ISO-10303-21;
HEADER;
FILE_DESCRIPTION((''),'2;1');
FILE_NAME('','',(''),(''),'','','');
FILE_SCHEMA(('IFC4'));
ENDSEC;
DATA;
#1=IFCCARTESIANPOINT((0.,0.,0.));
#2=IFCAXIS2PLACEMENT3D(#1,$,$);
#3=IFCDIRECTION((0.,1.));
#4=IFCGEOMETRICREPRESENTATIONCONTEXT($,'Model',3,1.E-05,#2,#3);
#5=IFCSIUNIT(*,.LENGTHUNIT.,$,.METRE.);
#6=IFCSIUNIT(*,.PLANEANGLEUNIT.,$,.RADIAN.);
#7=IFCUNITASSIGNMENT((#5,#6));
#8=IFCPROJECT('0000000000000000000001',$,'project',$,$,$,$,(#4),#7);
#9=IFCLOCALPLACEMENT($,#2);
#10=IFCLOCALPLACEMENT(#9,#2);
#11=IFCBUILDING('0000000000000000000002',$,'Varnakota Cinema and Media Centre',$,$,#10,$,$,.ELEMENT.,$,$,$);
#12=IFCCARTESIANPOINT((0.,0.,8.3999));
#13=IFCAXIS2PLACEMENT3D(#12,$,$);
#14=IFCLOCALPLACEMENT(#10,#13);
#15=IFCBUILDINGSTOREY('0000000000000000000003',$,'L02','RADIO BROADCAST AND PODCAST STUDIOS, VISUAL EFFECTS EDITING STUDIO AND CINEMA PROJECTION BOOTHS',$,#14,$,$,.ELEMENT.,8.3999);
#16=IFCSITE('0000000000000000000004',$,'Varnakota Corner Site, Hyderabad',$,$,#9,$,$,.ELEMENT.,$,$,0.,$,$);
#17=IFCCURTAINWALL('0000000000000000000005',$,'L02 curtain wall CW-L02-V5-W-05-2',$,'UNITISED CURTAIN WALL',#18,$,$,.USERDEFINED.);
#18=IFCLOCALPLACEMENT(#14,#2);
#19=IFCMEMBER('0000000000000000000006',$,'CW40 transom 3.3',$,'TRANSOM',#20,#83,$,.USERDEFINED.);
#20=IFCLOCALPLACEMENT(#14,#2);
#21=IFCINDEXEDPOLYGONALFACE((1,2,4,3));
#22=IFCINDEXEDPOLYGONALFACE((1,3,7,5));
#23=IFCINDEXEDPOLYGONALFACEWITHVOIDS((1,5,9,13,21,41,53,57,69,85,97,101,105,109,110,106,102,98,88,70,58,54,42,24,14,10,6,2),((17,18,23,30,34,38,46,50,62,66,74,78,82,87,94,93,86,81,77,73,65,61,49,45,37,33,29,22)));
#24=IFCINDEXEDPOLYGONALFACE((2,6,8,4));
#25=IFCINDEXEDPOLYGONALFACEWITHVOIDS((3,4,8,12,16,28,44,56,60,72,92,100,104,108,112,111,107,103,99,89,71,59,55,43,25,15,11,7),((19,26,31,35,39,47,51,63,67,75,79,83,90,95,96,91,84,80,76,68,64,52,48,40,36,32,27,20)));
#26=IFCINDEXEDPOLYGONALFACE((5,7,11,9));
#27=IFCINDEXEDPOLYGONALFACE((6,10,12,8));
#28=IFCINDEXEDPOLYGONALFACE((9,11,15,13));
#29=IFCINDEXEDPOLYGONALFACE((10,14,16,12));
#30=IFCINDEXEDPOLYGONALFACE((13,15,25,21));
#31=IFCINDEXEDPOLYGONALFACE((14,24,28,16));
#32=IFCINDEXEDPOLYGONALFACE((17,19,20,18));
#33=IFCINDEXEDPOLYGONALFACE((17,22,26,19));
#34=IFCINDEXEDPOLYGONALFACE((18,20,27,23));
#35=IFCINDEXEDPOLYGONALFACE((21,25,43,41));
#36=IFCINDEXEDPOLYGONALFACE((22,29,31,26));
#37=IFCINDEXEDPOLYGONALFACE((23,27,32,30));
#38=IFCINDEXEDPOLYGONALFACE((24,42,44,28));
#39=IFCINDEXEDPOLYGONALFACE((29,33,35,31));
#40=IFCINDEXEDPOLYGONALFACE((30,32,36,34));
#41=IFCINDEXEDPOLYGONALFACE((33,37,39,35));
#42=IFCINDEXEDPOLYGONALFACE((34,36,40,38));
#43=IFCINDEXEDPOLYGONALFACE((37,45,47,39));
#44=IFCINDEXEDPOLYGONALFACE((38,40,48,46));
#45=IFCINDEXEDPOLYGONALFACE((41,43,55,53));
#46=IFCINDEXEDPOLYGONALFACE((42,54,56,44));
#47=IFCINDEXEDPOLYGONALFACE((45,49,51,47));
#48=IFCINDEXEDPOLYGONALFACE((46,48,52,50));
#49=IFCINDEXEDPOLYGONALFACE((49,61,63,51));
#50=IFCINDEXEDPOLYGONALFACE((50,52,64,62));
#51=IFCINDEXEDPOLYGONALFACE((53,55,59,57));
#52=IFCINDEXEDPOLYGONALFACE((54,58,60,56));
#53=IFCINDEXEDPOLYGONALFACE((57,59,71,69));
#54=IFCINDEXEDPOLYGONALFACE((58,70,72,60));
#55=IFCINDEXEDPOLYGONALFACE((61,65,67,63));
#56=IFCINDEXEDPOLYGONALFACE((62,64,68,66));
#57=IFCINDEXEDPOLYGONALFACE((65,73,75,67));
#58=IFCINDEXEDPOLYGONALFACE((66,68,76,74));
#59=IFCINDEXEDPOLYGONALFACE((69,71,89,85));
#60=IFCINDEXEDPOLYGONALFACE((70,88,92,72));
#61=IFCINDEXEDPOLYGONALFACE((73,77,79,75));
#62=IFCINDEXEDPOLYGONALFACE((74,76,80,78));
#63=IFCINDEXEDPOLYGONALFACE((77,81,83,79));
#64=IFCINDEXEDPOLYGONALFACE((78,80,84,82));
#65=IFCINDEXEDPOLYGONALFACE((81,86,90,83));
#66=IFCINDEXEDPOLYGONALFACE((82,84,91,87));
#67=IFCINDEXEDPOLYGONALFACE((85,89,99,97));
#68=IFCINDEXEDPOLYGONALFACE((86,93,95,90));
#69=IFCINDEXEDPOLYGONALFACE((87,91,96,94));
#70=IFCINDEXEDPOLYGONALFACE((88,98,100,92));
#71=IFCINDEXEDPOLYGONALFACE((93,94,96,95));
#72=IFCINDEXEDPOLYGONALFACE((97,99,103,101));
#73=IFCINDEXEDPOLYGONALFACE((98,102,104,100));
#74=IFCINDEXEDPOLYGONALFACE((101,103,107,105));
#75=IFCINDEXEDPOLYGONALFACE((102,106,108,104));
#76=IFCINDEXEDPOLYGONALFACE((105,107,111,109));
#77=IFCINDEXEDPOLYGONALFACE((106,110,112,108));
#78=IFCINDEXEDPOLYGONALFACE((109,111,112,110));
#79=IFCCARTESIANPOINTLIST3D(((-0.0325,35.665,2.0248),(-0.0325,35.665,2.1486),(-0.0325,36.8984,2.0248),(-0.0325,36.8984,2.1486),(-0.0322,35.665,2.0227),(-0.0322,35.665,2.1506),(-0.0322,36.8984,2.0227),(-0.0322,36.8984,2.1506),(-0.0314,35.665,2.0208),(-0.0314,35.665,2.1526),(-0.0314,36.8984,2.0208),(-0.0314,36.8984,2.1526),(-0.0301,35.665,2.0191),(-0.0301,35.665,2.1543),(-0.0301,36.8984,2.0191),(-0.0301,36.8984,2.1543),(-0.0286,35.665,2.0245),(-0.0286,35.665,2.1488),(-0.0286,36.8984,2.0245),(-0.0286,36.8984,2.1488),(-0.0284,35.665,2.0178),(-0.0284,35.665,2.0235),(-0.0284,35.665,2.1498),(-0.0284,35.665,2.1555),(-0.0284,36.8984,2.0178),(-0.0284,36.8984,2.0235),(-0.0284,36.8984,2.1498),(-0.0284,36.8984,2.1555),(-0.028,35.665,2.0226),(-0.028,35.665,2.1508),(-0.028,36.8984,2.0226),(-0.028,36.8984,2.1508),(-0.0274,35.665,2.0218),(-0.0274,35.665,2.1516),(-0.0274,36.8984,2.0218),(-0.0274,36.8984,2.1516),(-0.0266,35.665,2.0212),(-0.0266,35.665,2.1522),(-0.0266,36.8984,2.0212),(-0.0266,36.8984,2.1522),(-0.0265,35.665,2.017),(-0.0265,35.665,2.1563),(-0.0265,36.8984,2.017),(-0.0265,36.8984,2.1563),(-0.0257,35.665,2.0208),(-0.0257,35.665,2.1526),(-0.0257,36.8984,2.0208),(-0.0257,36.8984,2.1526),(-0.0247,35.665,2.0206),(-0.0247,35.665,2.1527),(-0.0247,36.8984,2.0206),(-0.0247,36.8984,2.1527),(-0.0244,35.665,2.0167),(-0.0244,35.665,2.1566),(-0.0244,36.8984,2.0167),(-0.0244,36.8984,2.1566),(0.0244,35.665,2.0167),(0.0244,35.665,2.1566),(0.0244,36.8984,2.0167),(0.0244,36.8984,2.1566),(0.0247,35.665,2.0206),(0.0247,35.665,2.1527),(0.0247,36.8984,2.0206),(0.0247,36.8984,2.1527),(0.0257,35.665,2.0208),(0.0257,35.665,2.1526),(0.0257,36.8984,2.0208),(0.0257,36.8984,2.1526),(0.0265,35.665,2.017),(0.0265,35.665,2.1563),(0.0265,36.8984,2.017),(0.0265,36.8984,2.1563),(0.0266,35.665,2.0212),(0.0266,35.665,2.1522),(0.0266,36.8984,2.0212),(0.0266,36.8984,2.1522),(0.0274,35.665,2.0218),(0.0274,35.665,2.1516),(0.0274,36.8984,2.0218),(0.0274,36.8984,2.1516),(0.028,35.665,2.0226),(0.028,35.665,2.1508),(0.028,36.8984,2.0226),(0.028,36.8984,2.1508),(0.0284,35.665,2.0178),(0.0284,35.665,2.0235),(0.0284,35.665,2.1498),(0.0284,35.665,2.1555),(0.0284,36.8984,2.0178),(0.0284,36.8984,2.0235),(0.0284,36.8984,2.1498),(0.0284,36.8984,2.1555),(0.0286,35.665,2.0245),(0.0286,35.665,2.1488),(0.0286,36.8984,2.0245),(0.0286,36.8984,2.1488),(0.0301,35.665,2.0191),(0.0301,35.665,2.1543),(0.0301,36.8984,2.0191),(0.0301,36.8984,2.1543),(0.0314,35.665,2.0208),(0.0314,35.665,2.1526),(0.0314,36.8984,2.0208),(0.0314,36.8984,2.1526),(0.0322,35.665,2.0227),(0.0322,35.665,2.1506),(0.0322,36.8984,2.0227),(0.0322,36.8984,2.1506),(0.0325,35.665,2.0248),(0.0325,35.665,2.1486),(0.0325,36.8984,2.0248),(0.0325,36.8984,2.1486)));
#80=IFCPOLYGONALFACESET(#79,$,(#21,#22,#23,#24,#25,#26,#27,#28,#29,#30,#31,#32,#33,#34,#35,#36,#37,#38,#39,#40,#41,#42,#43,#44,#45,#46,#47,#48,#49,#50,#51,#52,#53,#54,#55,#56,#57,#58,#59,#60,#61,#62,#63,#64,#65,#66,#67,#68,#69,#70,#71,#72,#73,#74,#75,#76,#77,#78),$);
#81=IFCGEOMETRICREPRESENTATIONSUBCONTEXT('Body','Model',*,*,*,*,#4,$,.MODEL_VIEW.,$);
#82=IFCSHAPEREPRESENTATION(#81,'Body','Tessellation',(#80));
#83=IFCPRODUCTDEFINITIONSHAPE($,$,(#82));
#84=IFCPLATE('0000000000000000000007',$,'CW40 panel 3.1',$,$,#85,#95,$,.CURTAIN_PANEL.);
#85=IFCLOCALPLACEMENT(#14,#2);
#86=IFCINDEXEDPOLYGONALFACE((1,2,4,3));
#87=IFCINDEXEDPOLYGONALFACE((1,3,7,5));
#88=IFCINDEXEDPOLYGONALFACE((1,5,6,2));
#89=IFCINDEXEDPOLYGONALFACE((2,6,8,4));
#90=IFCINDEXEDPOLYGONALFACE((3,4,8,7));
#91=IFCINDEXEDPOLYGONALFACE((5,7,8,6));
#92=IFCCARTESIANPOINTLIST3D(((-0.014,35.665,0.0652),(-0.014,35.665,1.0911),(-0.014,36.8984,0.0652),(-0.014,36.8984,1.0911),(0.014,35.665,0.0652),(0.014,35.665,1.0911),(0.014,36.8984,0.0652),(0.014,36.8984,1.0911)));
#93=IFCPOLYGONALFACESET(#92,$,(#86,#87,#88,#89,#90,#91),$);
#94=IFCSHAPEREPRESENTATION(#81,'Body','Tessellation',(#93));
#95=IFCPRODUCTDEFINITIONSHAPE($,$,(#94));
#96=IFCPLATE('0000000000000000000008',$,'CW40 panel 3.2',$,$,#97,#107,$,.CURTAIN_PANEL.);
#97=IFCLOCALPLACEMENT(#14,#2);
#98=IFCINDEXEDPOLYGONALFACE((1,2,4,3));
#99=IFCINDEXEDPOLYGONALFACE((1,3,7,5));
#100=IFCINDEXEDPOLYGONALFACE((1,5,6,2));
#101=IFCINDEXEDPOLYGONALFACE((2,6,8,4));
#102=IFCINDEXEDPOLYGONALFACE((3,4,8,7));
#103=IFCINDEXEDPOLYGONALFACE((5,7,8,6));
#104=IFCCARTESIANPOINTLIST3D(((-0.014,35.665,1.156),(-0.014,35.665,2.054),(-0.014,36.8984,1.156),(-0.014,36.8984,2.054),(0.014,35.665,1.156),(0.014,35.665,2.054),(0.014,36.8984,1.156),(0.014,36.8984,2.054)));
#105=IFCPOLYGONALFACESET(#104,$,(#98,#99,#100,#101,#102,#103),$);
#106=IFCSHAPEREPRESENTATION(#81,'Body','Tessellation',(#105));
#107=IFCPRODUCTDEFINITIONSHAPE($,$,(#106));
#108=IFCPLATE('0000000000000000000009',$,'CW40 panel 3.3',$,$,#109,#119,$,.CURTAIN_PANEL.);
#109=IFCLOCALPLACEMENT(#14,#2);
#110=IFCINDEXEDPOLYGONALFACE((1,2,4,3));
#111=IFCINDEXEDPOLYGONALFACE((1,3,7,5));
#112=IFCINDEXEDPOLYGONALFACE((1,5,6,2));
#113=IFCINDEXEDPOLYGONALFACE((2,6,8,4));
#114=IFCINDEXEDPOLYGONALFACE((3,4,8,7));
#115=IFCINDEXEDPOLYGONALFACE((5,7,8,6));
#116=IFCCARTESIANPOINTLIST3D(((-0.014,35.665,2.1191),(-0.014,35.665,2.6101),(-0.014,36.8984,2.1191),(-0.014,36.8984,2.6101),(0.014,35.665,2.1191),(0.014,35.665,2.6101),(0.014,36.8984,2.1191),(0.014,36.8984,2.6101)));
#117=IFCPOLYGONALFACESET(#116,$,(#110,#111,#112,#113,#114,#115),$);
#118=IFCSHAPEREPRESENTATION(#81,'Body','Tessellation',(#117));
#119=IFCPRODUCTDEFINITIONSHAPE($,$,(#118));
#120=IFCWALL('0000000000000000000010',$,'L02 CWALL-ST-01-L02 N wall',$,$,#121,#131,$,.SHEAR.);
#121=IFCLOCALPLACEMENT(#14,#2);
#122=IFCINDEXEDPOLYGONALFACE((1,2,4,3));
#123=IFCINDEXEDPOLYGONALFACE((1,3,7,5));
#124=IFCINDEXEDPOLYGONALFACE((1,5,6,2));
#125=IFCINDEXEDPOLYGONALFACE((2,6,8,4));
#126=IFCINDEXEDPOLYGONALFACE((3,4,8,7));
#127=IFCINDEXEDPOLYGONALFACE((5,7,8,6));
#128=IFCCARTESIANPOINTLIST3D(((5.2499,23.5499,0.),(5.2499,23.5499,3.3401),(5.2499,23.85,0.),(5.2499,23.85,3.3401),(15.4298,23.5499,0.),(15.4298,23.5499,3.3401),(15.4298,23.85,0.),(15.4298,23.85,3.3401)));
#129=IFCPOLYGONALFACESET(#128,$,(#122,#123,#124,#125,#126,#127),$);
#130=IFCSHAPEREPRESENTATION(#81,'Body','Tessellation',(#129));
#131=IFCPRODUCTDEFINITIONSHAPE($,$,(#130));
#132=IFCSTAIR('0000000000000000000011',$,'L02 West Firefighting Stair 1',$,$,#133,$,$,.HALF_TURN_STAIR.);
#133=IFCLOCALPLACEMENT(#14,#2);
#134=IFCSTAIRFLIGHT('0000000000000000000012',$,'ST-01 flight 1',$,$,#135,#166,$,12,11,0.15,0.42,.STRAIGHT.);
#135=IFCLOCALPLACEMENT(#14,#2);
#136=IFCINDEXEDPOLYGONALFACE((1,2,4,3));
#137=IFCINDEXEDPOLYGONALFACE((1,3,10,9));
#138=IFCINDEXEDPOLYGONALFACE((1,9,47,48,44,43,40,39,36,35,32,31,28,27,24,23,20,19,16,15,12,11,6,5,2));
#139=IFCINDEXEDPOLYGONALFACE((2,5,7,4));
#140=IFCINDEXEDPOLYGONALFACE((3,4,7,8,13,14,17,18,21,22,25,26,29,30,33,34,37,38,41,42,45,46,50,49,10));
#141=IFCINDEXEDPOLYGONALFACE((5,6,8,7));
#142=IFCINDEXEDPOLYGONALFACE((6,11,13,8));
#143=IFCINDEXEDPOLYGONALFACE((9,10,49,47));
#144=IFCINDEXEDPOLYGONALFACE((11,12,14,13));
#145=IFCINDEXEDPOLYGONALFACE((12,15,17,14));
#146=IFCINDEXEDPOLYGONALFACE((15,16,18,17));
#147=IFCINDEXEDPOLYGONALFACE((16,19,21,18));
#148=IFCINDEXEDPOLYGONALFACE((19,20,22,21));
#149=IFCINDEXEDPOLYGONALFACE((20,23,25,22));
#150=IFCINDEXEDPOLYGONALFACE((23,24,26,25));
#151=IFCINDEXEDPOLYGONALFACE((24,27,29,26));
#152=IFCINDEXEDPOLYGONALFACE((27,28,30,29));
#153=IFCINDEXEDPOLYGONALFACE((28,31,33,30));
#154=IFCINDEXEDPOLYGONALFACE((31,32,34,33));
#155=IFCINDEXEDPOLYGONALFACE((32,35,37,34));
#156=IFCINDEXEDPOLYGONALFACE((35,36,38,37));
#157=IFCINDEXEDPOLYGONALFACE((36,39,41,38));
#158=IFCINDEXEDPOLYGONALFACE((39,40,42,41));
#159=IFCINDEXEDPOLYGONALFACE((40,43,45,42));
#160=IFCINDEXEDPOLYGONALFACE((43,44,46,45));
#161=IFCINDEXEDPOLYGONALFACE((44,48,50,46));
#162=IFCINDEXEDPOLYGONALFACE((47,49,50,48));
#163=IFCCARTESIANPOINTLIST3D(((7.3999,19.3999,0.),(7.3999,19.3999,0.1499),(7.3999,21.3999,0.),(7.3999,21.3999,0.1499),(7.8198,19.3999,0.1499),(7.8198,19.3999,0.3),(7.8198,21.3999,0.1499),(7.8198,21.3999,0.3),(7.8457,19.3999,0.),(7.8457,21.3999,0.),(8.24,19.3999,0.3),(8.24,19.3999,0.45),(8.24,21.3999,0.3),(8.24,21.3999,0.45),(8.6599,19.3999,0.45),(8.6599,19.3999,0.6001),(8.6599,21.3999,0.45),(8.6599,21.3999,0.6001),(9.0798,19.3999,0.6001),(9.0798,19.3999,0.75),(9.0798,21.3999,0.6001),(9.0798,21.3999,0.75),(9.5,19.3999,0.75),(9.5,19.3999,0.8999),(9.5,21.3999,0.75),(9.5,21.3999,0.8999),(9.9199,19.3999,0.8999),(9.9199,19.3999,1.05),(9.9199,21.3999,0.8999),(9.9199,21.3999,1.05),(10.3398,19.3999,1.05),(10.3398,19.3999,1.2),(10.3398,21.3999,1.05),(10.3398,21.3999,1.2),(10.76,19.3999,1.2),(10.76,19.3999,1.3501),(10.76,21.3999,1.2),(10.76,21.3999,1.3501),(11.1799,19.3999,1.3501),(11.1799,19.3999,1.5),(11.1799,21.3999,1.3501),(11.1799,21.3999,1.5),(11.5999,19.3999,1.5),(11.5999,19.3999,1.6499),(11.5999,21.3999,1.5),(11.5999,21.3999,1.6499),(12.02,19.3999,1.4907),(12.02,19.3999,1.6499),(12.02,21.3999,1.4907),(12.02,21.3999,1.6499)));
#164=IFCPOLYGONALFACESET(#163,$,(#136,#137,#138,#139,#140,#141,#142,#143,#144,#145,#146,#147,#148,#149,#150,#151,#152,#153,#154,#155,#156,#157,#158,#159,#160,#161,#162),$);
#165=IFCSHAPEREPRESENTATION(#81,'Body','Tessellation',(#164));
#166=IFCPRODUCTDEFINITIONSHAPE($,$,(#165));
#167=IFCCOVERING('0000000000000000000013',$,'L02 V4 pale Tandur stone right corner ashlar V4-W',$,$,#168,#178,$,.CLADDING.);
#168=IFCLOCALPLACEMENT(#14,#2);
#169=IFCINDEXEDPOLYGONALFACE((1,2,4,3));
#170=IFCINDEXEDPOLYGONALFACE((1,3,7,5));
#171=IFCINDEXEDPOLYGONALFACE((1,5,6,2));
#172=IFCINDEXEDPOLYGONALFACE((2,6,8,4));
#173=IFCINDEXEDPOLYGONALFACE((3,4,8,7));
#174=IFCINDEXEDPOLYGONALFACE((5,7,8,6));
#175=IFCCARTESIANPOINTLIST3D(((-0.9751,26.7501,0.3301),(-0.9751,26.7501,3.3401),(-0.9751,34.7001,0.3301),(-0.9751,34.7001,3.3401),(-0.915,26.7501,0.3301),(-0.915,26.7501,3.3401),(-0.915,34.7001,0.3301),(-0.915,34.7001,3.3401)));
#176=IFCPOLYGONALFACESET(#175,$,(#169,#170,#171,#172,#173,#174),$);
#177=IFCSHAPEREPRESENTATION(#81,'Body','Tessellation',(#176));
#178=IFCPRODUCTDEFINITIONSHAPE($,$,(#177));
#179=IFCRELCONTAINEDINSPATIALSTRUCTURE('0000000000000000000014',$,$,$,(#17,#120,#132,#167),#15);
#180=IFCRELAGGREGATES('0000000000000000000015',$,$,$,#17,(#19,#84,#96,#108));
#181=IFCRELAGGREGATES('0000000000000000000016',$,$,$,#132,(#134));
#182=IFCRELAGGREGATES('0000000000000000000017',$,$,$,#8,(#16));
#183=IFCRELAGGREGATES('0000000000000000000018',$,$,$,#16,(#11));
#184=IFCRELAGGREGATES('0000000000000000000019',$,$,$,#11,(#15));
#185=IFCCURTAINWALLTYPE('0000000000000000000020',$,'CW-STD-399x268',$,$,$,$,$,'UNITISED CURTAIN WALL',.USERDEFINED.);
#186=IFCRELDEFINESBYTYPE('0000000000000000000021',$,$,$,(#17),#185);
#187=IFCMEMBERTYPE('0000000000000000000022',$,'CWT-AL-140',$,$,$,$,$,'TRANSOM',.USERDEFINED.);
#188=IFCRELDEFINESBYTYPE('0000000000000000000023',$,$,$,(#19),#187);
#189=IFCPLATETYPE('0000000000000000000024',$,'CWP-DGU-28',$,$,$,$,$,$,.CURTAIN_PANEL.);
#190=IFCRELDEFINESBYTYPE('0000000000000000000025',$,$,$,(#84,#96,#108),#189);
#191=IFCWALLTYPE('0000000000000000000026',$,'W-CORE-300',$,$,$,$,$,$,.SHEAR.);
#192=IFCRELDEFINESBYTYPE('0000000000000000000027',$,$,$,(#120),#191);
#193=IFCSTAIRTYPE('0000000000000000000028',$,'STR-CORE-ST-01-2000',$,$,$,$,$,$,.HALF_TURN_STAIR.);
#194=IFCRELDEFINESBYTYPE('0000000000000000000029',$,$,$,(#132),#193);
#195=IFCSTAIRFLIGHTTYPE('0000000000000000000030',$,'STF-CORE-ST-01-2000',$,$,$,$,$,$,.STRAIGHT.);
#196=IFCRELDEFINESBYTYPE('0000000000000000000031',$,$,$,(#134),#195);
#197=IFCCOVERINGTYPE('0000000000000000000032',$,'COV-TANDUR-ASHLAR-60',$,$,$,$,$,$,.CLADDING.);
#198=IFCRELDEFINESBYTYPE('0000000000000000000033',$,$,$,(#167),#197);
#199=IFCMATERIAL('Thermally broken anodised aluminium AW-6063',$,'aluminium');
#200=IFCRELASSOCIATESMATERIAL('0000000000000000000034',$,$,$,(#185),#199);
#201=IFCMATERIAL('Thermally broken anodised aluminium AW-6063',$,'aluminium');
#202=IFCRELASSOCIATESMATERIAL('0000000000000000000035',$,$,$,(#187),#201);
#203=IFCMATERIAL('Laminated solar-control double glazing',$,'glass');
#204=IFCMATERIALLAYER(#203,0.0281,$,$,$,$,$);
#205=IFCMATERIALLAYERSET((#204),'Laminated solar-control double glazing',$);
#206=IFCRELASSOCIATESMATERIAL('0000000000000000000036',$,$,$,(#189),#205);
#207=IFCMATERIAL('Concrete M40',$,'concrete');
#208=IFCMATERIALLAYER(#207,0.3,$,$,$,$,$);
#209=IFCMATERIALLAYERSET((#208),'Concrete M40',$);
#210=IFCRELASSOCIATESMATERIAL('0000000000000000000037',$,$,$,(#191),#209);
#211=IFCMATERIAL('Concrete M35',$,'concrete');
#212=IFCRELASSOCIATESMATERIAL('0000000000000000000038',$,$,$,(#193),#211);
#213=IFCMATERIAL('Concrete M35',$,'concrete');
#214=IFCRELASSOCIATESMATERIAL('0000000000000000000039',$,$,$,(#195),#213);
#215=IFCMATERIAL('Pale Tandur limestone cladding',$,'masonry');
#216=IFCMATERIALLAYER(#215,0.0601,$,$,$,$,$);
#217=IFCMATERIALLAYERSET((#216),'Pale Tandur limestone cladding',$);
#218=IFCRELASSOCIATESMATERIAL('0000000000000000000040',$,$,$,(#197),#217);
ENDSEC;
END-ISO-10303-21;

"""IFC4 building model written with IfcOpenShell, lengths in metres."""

from ifc_helpers import new_model, si_unit, direction, frame, frame_2d, origin, origin_2d, place, context, subcontext, project, spatial, polyline, rectangle, hollow_rectangle, outline, extrude, material, layer, layer_set, material_profile, profile_set, type_object, element, aggregate, save


model = new_model("IFC4")

# Units and contexts
model_context = context("Model", 3, precision=1e-05, world=origin(), true_north=direction((0.0, 1.0)))
body_context = subcontext(model_context, "Body", "Model", "MODEL_VIEW")
ifc_project = project(units=[si_unit("LENGTHUNIT", "METRE"), si_unit("PLANEANGLEUNIT", "RADIAN")], contexts=[model_context])

# Site, building, storey
site_placement = place(None, origin())
site = spatial("IfcSite", under=ifc_project, at=site_placement, Name="Varnakota Corner Site, Hyderabad", CompositionType="ELEMENT", RefElevation=0.0)
building_placement = place(site_placement, origin())
building = spatial("IfcBuilding", under=site, at=building_placement, Name="Varnakota Cinema and Media Centre", CompositionType="ELEMENT")
storey_placement = place(building_placement, frame((0.0, 0.0, 8.3999)))
storey = spatial("IfcBuildingStorey", under=building, at=storey_placement, Name="L02", Description="RADIO BROADCAST AND PODCAST STUDIOS, VISUAL EFFECTS EDITING STUDIO AND CINEMA PROJECTION BOOTHS", CompositionType="ELEMENT", Elevation=8.3999)

# Curtain wall, member, plates
ifc_material_1 = material(Name="Thermally broken anodised aluminium AW-6063", Category="aluminium")
curtain_wall_type = type_object("IfcCurtainWallType", Name="CW-STD-399x268", ElementType="UNITISED CURTAIN WALL", PredefinedType="USERDEFINED", material=ifc_material_1)
curtain_wall_placement = place(storey_placement, origin())
curtain_wall = element("IfcCurtainWall", 1, at=curtain_wall_placement, inside=storey, type_object=curtain_wall_type, Name="L02 curtain wall CW-L02-V5-W-05-2", ObjectType="UNITISED CURTAIN WALL", PredefinedType="USERDEFINED")
ifc_material_2 = material(Name="Thermally broken anodised aluminium AW-6063", Category="aluminium")
ifc_material_profile_1 = material_profile(ifc_material_2, hollow_rectangle(XDim=0.0649, YDim=0.1399, WallThickness=0.0039, InnerFilletRadius=0.0039, OuterFilletRadius=0.0081, at=origin_2d()), Name="AL-TRANSOM 140x65x4")
ifc_profile_set_1 = profile_set([ifc_material_profile_1], Name="Thermally broken anodised aluminium AW-6063")
member_type_1 = type_object("IfcMemberType", Name="CWT-AL-140", ElementType="TRANSOM", PredefinedType="USERDEFINED", material=ifc_profile_set_1)
member_1_placement = place(storey_placement, frame((0.0, 36.8984, 2.0867), z_axis=(0.0, -1.0, 0.0), x_axis=(1.0, 0.0, 0.0)))
member_1 = element("IfcMember", 2, at=member_1_placement, type_object=member_type_1, Name="CW40 transom 3.3", ObjectType="TRANSOM", PredefinedType="USERDEFINED", context=body_context, shape_type="SweptSolid", body=[
    extrude(hollow_rectangle(XDim=0.0649, YDim=0.1399, WallThickness=0.0039, InnerFilletRadius=0.0039, OuterFilletRadius=0.0081, at=origin_2d()), origin(), (0.0, 0.0, 1.0), 1.2334),
])
ifc_material_3 = material(Name="Laminated solar-control double glazing", Category="glass")
ifc_layer_1 = layer(ifc_material_3, 0.0281)
ifc_layer_set_1 = layer_set([ifc_layer_1], Name="Laminated solar-control double glazing")
plate_type = type_object("IfcPlateType", Name="CWP-DGU-28", PredefinedType="CURTAIN_PANEL", material=ifc_layer_set_1)
plate_1_placement = place(storey_placement, frame((0.0, 36.2817, 0.0652), z_axis=(0.0, 0.0, 1.0), x_axis=(0.0, -1.0, 0.0)))
plate_1 = element("IfcPlate", 3, at=plate_1_placement, type_object=plate_type, Name="CW40 panel 3.1", PredefinedType="CURTAIN_PANEL", context=body_context, shape_type="SweptSolid", body=[
    extrude(rectangle(XDim=1.2334, YDim=0.0281, at=origin_2d()), origin(), (0.0, 0.0, 1.0), 1.0259),
])
plate_2_placement = place(storey_placement, frame((0.0, 36.2817, 1.156), z_axis=(0.0, 0.0, 1.0), x_axis=(0.0, -1.0, 0.0)))
plate_2 = element("IfcPlate", 4, at=plate_2_placement, type_object=plate_type, Name="CW40 panel 3.2", PredefinedType="CURTAIN_PANEL", context=body_context, shape_type="SweptSolid", body=[
    extrude(rectangle(XDim=1.2334, YDim=0.0281, at=origin_2d()), origin(), (0.0, 0.0, 1.0), 0.8979),
])
plate_3_placement = place(storey_placement, frame((0.0, 36.2817, 2.1191), z_axis=(0.0, 0.0, 1.0), x_axis=(0.0, -1.0, 0.0)))
plate_3 = element("IfcPlate", 5, at=plate_3_placement, type_object=plate_type, Name="CW40 panel 3.3", PredefinedType="CURTAIN_PANEL", context=body_context, shape_type="SweptSolid", body=[
    extrude(rectangle(XDim=1.2334, YDim=0.0281, at=origin_2d()), origin(), (0.0, 0.0, 1.0), 0.491),
])
aggregate(curtain_wall, [member_1, plate_1, plate_2, plate_3])

# Shared definitions
ifc_material_4 = material(Name="Concrete M40", Category="concrete")
ifc_layer_2 = layer(ifc_material_4, 0.3)
ifc_layer_set_2 = layer_set([ifc_layer_2], Name="Concrete M40")
wall_type_1 = type_object("IfcWallType", Name="W-CORE-300", PredefinedType="SHEAR", material=ifc_layer_set_2)

# Wall
wall_1_placement = place(storey_placement, frame((5.25, 23.7, 0.0), z_axis=(0.0, 0.0, 1.0), x_axis=(1.0, 0.0, 0.0)))
element("IfcWall", 6, at=wall_1_placement, inside=storey, type_object=wall_type_1, Name="L02 CWALL-ST-01-L02 N wall", PredefinedType="SHEAR", context=body_context, shape_type="SweptSolid", body=[
    extrude(rectangle(XDim=10.1799, YDim=0.3, at=frame_2d((5.0898, 0.0))), origin(), (0.0, 0.0, 1.0), 3.3401),
])

# Stair, stair flight
ifc_material_5 = material(Name="Concrete M35", Category="concrete")
stair_type = type_object("IfcStairType", Name="STR-CORE-ST-01-2000", PredefinedType="HALF_TURN_STAIR", material=ifc_material_5)
stair_placement = place(storey_placement, origin())
stair = element("IfcStair", 7, at=stair_placement, inside=storey, type_object=stair_type, Name="L02 West Firefighting Stair 1", PredefinedType="HALF_TURN_STAIR")
ifc_material_6 = material(Name="Concrete M35", Category="concrete")
stair_flight_type = type_object("IfcStairFlightType", Name="STF-CORE-ST-01-2000", PredefinedType="STRAIGHT", material=ifc_material_6)
stair_flight_placement = place(storey_placement, frame((7.3999, 20.3999, 0.0), z_axis=(0.0, 0.0, 1.0), x_axis=(1.0, 0.0, 0.0)))
stair_flight = element("IfcStairFlight", 8, at=stair_flight_placement, type_object=stair_flight_type, Name="ST-01 flight 1", NumberOfRisers=12, NumberOfTreads=11, PredefinedType="STRAIGHT", RiserHeight=0.15, TreadLength=0.42, context=body_context, shape_type="SweptSolid", body=[
    extrude(outline(polyline([(0.0, 0.0), (0.0, 0.1499), (0.4199, 0.1499), (0.4199, 0.3), (0.8401, 0.3), (0.8401, 0.45), (1.26, 0.45), (1.26, 0.6001), (1.6799, 0.6001), (1.6799, 0.75), (2.1001, 0.75), (2.1001, 0.8999), (2.52, 0.8999), (2.52, 1.05), (2.9399, 1.05), (2.9399, 1.2), (3.3601, 1.2), (3.3601, 1.3501), (3.78, 1.3501), (3.78, 1.5), (4.2, 1.5), (4.2, 1.6499), (4.6201, 1.6499), (4.6201, 1.8), (4.6201, 1.4907), (0.4458, 0.0), (0.0, 0.0)])), frame((0.0, 1.0, 0.0), z_axis=(0.0, -1.0, 0.0), x_axis=(1.0, 0.0, 0.0)), (0.0, 0.0, 1.0), 2.0),
])
aggregate(stair, [stair_flight])

# Covering
ifc_material_7 = material(Name="Pale Tandur limestone cladding", Category="masonry")
ifc_layer_3 = layer(ifc_material_7, 0.0601)
ifc_layer_set_3 = layer_set([ifc_layer_3], Name="Pale Tandur limestone cladding")
covering_type = type_object("IfcCoveringType", Name="COV-TANDUR-ASHLAR-60", PredefinedType="CLADDING", material=ifc_layer_set_3)
covering_placement = place(storey_placement, frame((-0.9451, 30.7251, 0.3301), z_axis=(0.0, 0.0, 1.0), x_axis=(0.0, 1.0, 0.0)))
element("IfcCovering", 9, at=covering_placement, inside=storey, type_object=covering_type, Name="L02 V4 pale Tandur stone right corner ashlar V4-W", PredefinedType="CLADDING", context=body_context, shape_type="SweptSolid", body=[
    extrude(rectangle(XDim=7.95, YDim=0.0601, at=origin_2d()), origin(), (0.0, 0.0, 1.0), 3.01),
])

save(model, "model.ifc")
